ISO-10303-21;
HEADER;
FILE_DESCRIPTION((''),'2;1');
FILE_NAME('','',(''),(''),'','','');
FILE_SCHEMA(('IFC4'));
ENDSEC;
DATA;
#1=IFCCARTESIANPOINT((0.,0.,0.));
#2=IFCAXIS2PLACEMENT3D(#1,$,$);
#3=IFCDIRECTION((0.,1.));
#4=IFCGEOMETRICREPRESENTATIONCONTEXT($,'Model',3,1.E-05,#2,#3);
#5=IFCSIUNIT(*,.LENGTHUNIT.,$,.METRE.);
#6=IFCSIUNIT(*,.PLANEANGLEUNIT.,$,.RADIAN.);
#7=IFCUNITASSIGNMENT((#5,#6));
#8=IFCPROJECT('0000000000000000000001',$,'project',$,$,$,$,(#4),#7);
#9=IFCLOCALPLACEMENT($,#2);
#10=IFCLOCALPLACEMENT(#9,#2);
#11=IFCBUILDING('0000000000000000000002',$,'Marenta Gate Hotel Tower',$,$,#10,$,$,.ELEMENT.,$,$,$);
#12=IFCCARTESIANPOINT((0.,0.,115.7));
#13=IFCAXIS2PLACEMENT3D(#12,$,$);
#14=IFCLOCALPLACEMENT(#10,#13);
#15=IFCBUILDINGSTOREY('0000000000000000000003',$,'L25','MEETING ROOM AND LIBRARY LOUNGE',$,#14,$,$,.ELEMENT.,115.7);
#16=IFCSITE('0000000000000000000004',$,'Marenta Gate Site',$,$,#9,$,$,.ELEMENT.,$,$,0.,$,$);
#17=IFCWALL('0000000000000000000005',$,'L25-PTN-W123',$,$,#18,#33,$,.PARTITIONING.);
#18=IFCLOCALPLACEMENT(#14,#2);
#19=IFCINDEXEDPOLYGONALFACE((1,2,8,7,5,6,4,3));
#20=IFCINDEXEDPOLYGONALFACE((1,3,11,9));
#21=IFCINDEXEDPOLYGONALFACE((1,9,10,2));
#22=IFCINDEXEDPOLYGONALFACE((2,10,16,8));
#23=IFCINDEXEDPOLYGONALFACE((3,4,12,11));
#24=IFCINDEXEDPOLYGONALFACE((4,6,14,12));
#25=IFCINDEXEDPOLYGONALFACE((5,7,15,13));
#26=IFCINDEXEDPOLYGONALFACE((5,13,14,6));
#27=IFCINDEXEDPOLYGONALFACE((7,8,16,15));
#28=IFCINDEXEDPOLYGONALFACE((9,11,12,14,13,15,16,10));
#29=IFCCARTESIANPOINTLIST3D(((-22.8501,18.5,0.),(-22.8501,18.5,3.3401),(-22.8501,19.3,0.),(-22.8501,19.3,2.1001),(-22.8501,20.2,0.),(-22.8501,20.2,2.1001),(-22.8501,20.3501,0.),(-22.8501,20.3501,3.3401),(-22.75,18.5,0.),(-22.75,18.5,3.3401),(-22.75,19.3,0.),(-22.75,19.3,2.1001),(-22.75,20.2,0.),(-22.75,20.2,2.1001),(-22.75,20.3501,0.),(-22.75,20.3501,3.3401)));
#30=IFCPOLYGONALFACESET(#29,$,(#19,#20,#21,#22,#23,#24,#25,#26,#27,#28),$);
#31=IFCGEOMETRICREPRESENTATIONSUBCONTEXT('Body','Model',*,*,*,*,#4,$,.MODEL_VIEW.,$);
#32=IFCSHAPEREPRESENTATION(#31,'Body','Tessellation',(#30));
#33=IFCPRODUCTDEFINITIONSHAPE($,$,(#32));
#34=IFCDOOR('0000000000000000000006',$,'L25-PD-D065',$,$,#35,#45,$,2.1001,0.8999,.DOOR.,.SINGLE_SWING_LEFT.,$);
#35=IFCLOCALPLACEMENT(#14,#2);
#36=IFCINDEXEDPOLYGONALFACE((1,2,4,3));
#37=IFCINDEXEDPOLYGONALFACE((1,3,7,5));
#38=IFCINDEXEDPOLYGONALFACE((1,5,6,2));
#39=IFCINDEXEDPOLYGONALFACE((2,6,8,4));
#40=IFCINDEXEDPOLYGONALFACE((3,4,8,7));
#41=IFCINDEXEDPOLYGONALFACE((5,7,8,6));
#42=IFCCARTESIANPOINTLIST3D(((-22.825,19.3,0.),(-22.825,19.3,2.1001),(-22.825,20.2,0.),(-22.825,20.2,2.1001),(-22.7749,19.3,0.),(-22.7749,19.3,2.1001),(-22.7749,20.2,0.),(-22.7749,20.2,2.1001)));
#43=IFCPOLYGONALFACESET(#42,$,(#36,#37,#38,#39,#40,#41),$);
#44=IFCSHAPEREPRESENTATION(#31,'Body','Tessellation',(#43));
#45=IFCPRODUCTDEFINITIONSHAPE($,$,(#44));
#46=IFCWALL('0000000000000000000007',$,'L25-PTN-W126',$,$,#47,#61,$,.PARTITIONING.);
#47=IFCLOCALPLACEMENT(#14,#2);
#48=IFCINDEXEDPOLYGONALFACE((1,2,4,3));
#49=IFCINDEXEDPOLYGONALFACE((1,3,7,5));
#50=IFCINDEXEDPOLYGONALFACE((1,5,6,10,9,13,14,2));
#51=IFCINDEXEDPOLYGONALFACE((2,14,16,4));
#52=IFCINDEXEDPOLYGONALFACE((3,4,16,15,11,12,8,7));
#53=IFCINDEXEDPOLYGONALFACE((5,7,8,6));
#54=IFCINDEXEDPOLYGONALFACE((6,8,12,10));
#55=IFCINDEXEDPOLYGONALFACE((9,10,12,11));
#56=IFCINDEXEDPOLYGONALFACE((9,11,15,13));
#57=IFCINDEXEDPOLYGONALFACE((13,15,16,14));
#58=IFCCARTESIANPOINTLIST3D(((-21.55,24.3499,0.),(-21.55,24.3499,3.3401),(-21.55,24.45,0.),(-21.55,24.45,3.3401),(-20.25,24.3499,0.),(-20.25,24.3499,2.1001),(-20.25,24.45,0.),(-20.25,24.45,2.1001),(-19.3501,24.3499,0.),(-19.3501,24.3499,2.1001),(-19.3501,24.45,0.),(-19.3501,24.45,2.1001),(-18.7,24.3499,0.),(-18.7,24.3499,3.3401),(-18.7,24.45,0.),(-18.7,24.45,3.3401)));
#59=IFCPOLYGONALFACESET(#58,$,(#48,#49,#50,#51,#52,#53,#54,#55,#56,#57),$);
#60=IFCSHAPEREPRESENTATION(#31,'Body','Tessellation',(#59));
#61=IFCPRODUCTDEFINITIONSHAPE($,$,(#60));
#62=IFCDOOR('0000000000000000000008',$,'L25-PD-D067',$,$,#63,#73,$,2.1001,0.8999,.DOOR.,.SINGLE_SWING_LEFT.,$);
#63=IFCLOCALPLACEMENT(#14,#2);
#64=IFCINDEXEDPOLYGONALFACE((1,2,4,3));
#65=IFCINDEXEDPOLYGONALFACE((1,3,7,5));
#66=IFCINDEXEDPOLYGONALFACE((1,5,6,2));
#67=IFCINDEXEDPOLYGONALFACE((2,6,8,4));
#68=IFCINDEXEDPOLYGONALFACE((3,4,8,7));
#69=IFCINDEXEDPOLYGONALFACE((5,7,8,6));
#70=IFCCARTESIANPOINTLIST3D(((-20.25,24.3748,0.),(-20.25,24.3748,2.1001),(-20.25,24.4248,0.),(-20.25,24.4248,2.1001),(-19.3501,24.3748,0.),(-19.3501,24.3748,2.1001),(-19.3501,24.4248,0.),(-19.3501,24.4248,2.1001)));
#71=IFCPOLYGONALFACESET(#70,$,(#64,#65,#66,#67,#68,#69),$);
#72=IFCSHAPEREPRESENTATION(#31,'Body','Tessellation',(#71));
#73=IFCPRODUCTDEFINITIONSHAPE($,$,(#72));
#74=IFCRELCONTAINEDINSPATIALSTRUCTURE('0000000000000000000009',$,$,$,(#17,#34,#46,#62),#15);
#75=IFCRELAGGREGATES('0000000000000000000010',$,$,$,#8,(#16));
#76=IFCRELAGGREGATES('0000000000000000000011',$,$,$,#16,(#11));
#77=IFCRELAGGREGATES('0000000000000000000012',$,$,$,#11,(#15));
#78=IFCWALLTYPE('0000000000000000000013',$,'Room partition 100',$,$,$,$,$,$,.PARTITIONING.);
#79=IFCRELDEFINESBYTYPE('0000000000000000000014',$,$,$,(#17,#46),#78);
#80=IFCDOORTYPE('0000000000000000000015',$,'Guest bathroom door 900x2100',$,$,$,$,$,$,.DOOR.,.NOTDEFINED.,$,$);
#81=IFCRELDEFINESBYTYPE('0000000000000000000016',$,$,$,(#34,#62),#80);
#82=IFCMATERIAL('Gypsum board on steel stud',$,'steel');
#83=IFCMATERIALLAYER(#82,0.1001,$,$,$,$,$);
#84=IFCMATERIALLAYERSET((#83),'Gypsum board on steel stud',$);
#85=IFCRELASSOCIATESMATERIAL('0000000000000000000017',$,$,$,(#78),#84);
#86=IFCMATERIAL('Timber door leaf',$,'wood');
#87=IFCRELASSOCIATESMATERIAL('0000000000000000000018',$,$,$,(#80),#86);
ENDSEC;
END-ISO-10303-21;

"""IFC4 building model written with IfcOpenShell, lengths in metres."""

from ifc_helpers import new_model, si_unit, direction, frame, frame_2d, origin, place, context, subcontext, project, spatial, rectangle, extrude, material, layer, layer_set, type_object, element, fill, save


model = new_model("IFC4")

# Units and contexts
model_context = context("Model", 3, precision=1e-05, world=origin(), true_north=direction((0.0, 1.0)))
body_context = subcontext(model_context, "Body", "Model", "MODEL_VIEW")
ifc_project = project(units=[si_unit("LENGTHUNIT", "METRE"), si_unit("PLANEANGLEUNIT", "RADIAN")], contexts=[model_context])

# Site, building, storey
site_placement = place(None, origin())
site = spatial("IfcSite", under=ifc_project, at=site_placement, Name="Marenta Gate Site", CompositionType="ELEMENT", RefElevation=0.0)
building_placement = place(site_placement, origin())
building = spatial("IfcBuilding", under=site, at=building_placement, Name="Marenta Gate Hotel Tower", CompositionType="ELEMENT")
storey_placement = place(building_placement, frame((0.0, 0.0, 115.7)))
storey = spatial("IfcBuildingStorey", under=building, at=storey_placement, Name="L25", Description="MEETING ROOM AND LIBRARY LOUNGE", CompositionType="ELEMENT", Elevation=115.7)

# Shared definitions
ifc_material_1 = material(Name="Gypsum board on steel stud", Category="steel")
ifc_layer_1 = layer(ifc_material_1, 0.1001)
ifc_layer_set_1 = layer_set([ifc_layer_1], Name="Gypsum board on steel stud")
wall_type_1 = type_object("IfcWallType", Name="Room partition 100", PredefinedType="PARTITIONING", material=ifc_layer_set_1)

# Walls, openings, doors
ifc_material_2 = material(Name="Timber door leaf", Category="wood")
door_type_1 = type_object("IfcDoorType", Name="Guest bathroom door 900x2100", OperationType="NOTDEFINED", PredefinedType="DOOR", material=ifc_material_2)
wall_1_placement = place(storey_placement, frame((-22.8, 18.5, 0.0), z_axis=(0.0, 0.0, 1.0), x_axis=(0.0, 1.0, 0.0)))
wall_1 = element("IfcWall", 1, at=wall_1_placement, inside=storey, type_object=wall_type_1, Name="L25-PTN-W123", PredefinedType="PARTITIONING", context=body_context, shape_type="SweptSolid", body=[
    extrude(rectangle(XDim=1.8501, YDim=0.1001, at=frame_2d((0.925, 0.0))), origin(), (0.0, 0.0, 1.0), 3.3401),
])
opening_1_placement = place(wall_1_placement, frame((0.8, 0.0, 0.0)))
opening_1 = element("IfcOpeningElement", 2, at=opening_1_placement, cuts=wall_1, PredefinedType="OPENING", context=body_context, shape_type="SweptSolid", body=[
    extrude(rectangle(XDim=0.8999, YDim=2.1001, at=frame_2d((0.45, 1.05))), frame((0.0, 0.05, 0.0), z_axis=(0.0, -1.0, 0.0), x_axis=(1.0, 0.0, 0.0)), (0.0, 0.0, 1.0), 0.1001),
])
door_1_placement = place(opening_1_placement, origin())
door_1 = element("IfcDoor", 3, at=door_1_placement, inside=storey, type_object=door_type_1, Name="L25-PD-D065", OperationType="SINGLE_SWING_LEFT", OverallHeight=2.1001, OverallWidth=0.8999, PredefinedType="DOOR", context=body_context, shape_type="SweptSolid", body=[
    extrude(rectangle(XDim=0.8999, YDim=2.1001, at=frame_2d((0.45, 1.05))), frame((0.0, 0.0249, 0.0), z_axis=(0.0, -1.0, 0.0), x_axis=(1.0, 0.0, 0.0)), (0.0, 0.0, 1.0), 0.05),
])
fill(opening_1, door_1)
wall_2_placement = place(storey_placement, frame((-21.55, 24.3999, 0.0), z_axis=(0.0, 0.0, 1.0), x_axis=(1.0, 0.0, 0.0)))
wall_2 = element("IfcWall", 4, at=wall_2_placement, inside=storey, type_object=wall_type_1, Name="L25-PTN-W126", PredefinedType="PARTITIONING", context=body_context, shape_type="SweptSolid", body=[
    extrude(rectangle(XDim=2.8501, YDim=0.1001, at=frame_2d((1.425, 0.0))), origin(), (0.0, 0.0, 1.0), 3.3401),
])
opening_2_placement = place(wall_2_placement, frame((1.3, 0.0, 0.0)))
opening_2 = element("IfcOpeningElement", 5, at=opening_2_placement, cuts=wall_2, PredefinedType="OPENING", context=body_context, shape_type="SweptSolid", body=[
    extrude(rectangle(XDim=0.8999, YDim=2.1001, at=frame_2d((0.45, 1.05))), frame((0.0, 0.05, 0.0), z_axis=(0.0, -1.0, 0.0), x_axis=(1.0, 0.0, 0.0)), (0.0, 0.0, 1.0), 0.1001),
])
door_2_placement = place(opening_2_placement, origin())
door_2 = element("IfcDoor", 6, at=door_2_placement, inside=storey, type_object=door_type_1, Name="L25-PD-D067", OperationType="SINGLE_SWING_LEFT", OverallHeight=2.1001, OverallWidth=0.8999, PredefinedType="DOOR", context=body_context, shape_type="SweptSolid", body=[
    extrude(rectangle(XDim=0.8999, YDim=2.1001, at=frame_2d((0.45, 1.05))), frame((0.0, 0.0249, 0.0), z_axis=(0.0, -1.0, 0.0), x_axis=(1.0, 0.0, 0.0)), (0.0, 0.0, 1.0), 0.05),
])
fill(opening_2, door_2)

save(model, "model.ifc")
